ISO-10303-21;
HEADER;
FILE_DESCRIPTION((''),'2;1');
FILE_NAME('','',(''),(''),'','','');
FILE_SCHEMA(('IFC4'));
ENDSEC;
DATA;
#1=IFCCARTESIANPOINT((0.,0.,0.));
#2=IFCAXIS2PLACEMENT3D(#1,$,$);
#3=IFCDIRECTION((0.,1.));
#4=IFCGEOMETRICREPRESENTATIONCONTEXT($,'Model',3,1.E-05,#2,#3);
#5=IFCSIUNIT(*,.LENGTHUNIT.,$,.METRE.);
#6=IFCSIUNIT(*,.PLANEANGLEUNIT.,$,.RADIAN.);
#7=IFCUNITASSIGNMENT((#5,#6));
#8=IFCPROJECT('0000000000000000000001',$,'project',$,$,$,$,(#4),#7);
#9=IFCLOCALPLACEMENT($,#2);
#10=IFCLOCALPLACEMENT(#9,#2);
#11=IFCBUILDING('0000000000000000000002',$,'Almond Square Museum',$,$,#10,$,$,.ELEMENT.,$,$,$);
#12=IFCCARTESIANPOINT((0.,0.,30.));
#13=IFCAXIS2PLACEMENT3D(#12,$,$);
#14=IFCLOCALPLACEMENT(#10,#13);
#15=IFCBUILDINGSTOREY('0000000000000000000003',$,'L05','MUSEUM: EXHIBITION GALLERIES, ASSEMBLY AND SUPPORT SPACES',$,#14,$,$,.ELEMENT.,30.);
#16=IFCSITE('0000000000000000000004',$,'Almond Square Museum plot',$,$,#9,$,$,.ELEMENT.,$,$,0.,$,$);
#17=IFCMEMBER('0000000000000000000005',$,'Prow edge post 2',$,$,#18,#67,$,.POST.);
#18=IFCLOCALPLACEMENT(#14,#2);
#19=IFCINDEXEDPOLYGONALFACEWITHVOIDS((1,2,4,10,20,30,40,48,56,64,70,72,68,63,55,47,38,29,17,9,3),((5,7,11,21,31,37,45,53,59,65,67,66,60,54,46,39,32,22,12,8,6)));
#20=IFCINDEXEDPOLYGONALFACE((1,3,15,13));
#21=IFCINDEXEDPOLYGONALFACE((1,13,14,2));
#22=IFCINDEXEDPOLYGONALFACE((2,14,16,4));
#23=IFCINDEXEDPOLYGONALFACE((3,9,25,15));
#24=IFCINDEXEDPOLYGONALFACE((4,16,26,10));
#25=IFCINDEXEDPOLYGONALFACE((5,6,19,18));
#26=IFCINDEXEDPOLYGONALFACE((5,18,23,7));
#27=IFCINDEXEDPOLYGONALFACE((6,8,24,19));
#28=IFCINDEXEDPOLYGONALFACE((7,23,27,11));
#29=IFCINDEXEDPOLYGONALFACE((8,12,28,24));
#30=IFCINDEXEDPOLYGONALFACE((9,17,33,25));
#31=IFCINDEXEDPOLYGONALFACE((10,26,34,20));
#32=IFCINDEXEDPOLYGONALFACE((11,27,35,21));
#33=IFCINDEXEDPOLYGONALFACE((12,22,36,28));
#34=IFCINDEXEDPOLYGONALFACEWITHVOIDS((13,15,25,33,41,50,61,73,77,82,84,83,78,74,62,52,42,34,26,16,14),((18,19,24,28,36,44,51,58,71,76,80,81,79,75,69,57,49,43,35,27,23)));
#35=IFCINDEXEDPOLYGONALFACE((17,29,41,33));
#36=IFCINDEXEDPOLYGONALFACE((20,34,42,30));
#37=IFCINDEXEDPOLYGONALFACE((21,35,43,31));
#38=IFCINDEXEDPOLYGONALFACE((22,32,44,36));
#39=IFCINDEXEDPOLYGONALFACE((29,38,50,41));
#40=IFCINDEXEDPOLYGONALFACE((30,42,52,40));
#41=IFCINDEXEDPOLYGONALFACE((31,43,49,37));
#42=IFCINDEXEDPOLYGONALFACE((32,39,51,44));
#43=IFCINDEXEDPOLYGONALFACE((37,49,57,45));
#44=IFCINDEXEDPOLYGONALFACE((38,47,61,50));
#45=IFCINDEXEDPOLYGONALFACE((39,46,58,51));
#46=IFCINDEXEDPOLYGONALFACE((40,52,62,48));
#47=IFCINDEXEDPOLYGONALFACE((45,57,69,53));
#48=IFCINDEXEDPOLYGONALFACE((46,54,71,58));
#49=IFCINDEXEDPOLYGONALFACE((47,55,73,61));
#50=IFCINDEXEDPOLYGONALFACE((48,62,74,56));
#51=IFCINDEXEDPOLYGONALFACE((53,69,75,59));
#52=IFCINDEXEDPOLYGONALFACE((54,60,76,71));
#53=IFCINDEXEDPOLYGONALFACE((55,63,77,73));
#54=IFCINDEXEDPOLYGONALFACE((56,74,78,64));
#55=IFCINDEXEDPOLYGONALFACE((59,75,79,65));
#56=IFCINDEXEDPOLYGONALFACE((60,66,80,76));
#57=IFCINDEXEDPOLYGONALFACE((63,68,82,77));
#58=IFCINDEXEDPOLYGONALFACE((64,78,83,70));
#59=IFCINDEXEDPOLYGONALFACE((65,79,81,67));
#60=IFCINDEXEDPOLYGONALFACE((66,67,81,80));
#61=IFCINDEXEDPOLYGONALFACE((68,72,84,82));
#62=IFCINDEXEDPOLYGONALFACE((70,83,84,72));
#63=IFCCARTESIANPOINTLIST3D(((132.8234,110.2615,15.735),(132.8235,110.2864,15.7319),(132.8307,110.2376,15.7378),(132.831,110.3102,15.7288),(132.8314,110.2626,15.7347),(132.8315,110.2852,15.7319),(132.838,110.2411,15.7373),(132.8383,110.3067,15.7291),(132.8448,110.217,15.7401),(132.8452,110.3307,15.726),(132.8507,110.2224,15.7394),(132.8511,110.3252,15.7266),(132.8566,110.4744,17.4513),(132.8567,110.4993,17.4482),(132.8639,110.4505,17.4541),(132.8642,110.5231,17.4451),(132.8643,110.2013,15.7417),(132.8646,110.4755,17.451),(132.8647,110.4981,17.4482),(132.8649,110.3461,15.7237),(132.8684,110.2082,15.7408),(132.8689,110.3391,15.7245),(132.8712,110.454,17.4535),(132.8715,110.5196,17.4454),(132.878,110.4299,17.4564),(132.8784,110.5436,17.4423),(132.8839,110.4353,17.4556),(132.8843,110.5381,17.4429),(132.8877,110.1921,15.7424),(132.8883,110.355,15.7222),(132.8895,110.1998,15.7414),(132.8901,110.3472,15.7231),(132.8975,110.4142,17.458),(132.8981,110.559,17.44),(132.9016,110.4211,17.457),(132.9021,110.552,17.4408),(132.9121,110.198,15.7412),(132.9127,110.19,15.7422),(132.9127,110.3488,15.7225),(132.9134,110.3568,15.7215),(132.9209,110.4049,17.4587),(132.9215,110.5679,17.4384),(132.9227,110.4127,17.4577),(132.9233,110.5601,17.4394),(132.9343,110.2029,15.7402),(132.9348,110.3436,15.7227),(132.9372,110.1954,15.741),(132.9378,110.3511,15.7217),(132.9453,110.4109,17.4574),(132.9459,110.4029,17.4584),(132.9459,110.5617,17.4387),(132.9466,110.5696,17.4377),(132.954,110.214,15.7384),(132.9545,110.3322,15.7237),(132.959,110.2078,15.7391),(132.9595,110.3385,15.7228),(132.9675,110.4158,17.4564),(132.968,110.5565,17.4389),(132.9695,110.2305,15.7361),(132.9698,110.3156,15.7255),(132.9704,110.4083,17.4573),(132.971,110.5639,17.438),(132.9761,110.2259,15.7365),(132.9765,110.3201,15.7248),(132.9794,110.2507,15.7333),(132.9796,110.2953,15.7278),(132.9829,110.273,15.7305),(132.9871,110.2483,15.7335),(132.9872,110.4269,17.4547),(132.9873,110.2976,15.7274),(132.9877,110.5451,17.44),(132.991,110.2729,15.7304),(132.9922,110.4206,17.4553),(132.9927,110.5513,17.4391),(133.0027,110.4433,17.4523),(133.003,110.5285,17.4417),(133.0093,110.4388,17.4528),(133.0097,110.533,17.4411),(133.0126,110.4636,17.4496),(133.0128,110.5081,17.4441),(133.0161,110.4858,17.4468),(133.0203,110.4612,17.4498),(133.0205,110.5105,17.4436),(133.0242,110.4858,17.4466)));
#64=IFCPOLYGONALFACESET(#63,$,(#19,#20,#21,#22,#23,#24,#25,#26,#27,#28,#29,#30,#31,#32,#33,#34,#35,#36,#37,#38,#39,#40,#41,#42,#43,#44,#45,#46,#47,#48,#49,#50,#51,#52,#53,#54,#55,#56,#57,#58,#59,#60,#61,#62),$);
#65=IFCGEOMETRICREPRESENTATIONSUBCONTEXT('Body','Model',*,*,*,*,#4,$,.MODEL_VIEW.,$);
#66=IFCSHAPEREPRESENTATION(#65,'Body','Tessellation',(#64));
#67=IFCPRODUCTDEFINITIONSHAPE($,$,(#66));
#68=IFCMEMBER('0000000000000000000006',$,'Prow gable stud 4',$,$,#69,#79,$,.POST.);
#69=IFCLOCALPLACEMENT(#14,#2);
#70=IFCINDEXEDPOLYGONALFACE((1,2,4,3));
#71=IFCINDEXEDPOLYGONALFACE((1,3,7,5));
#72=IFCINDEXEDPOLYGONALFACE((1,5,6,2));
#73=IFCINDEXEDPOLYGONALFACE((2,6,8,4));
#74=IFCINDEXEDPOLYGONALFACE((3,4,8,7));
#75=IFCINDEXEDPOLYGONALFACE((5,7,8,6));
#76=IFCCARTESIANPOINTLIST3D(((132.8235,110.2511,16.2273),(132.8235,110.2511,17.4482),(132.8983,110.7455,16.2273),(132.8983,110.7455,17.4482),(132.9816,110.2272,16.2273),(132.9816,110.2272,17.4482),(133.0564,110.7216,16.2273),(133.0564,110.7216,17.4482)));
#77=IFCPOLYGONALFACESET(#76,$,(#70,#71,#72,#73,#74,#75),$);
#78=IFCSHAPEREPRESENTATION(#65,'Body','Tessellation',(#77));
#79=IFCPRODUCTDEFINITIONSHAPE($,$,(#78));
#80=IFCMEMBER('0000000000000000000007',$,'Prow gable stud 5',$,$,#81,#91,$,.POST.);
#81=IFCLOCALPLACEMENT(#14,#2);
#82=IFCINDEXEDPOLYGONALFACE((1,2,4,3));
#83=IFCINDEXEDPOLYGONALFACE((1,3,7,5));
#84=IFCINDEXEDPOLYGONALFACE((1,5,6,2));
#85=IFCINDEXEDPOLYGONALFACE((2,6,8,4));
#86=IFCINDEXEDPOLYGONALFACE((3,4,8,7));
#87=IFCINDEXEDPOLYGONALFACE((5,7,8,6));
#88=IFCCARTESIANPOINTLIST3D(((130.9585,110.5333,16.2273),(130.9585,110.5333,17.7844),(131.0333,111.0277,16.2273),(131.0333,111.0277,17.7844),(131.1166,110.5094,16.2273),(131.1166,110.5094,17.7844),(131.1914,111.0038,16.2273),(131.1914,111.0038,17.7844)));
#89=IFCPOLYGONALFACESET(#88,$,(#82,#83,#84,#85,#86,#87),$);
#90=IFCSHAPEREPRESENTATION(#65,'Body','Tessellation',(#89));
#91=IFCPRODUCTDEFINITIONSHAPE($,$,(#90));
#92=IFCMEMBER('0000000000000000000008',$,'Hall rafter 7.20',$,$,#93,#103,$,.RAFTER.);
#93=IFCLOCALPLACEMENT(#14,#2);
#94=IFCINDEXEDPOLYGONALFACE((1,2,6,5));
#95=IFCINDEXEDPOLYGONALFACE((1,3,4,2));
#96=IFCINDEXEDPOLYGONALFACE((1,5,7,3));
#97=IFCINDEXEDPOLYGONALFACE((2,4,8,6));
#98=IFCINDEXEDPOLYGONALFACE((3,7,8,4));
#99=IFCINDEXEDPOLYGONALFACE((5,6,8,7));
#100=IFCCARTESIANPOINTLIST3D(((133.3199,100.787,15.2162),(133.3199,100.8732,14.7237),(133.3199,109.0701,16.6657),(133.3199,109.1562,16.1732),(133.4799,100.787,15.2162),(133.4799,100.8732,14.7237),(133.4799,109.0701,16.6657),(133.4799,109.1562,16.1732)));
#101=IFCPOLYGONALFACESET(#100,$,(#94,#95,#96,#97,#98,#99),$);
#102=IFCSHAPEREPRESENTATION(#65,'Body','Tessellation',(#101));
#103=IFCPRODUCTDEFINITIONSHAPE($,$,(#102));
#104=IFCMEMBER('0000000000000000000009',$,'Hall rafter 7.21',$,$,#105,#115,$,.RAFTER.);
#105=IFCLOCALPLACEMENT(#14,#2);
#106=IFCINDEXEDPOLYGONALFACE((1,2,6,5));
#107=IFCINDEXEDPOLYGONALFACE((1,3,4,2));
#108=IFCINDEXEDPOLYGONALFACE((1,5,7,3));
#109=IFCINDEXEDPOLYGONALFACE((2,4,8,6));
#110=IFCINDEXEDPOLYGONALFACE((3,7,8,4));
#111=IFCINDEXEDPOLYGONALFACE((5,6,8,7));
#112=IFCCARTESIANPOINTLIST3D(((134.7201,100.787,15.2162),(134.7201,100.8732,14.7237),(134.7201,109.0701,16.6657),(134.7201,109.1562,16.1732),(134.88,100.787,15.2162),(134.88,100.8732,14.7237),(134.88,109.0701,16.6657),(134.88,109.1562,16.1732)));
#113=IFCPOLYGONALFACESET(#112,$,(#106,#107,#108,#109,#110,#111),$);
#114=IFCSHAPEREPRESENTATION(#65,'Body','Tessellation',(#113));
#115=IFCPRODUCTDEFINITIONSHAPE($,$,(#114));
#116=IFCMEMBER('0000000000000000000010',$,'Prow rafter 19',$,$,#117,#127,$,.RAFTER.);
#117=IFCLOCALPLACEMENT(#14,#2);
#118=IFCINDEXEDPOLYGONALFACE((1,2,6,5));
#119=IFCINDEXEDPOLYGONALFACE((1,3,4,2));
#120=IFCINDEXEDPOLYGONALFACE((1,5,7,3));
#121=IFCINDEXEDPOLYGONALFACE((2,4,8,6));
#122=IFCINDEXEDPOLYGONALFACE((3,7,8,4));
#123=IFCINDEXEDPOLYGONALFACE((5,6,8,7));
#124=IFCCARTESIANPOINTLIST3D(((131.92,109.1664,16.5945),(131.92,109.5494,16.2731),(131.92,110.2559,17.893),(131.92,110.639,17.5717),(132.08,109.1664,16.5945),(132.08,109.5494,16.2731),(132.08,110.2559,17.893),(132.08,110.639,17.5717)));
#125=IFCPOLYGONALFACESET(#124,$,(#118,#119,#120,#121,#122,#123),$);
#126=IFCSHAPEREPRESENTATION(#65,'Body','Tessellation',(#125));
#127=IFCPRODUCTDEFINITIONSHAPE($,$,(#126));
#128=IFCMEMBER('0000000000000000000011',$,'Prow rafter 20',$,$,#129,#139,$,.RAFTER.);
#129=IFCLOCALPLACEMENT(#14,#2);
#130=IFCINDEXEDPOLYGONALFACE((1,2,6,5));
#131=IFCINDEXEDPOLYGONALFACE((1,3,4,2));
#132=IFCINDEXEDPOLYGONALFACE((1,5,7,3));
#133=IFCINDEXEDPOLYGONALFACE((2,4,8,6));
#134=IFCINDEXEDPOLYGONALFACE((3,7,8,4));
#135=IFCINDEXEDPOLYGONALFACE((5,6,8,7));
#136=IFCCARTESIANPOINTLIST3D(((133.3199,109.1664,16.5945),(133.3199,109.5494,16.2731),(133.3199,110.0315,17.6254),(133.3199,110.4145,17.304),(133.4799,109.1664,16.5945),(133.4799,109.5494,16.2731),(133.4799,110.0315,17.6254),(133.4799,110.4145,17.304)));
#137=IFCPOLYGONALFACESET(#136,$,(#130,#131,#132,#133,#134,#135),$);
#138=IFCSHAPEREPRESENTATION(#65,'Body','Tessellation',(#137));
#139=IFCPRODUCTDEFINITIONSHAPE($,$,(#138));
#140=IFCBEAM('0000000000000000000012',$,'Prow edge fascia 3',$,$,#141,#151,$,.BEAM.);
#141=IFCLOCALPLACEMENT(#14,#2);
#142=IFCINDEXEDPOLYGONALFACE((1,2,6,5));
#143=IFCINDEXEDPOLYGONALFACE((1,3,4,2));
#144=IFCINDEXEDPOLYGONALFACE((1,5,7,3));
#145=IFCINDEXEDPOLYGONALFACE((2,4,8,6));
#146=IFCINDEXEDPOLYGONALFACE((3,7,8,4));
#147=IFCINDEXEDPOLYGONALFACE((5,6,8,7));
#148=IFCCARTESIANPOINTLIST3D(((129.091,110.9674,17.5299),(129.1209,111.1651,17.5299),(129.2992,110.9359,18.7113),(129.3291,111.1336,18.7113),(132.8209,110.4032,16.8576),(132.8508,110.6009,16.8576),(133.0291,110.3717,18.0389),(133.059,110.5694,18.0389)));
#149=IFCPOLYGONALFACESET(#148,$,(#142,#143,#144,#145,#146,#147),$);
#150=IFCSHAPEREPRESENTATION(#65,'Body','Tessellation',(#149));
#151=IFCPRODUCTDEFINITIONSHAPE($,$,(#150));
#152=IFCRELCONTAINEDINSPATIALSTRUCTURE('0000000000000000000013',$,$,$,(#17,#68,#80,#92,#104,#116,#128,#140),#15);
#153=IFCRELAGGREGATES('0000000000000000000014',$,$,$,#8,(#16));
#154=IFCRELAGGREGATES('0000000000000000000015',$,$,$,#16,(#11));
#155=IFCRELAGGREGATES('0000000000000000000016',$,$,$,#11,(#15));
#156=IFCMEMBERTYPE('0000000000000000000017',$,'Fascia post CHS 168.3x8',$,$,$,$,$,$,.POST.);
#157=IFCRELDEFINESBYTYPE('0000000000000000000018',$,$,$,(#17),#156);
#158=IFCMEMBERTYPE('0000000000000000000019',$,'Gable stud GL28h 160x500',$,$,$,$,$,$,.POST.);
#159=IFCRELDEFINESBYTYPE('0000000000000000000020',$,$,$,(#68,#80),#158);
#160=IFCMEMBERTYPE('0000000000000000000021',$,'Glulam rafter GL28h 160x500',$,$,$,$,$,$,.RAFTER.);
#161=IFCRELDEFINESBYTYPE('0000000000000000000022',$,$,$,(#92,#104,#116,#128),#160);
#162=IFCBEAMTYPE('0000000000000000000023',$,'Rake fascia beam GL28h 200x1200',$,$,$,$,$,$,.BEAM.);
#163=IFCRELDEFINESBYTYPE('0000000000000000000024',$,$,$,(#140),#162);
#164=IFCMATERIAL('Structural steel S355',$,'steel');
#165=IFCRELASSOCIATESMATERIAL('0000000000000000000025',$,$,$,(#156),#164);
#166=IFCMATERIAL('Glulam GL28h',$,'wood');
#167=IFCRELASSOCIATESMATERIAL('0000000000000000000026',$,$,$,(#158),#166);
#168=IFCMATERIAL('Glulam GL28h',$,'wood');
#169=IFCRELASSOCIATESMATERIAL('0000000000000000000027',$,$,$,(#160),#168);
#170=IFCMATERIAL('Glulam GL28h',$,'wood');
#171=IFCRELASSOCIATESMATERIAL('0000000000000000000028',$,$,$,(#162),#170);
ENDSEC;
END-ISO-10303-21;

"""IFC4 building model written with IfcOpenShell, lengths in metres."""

from ifc_helpers import new_model, si_unit, direction, frame, origin, origin_2d, place, context, subcontext, project, spatial, rectangle, hollow_circle, extrude, material, material_profile, profile_set, type_object, element, save


model = new_model("IFC4")

# Units and contexts
model_context = context("Model", 3, precision=1e-05, world=origin(), true_north=direction((0.0, 1.0)))
body_context = subcontext(model_context, "Body", "Model", "MODEL_VIEW")
ifc_project = project(units=[si_unit("LENGTHUNIT", "METRE"), si_unit("PLANEANGLEUNIT", "RADIAN")], contexts=[model_context])

# Site, building, storey
site_placement = place(None, origin())
site = spatial("IfcSite", under=ifc_project, at=site_placement, Name="Almond Square Museum plot", CompositionType="ELEMENT", RefElevation=0.0)
building_placement = place(site_placement, origin())
building = spatial("IfcBuilding", under=site, at=building_placement, Name="Almond Square Museum", CompositionType="ELEMENT")
storey_placement = place(building_placement, frame((0.0, 0.0, 30.0)))
storey = spatial("IfcBuildingStorey", under=building, at=storey_placement, Name="L05", Description="MUSEUM: EXHIBITION GALLERIES, ASSEMBLY AND SUPPORT SPACES", CompositionType="ELEMENT", Elevation=30.0)

# Members
ifc_material_1 = material(Name="Structural steel S355", Category="steel")
ifc_material_profile_1 = material_profile(ifc_material_1, hollow_circle(Radius=0.0842, WallThickness=0.0081, at=origin_2d()))
ifc_profile_set_1 = profile_set([ifc_material_profile_1], Name="Structural steel S355")
member_type_1 = type_object("IfcMemberType", Name="Fascia post CHS 168.3x8", PredefinedType="POST", material=ifc_profile_set_1)
member_1_placement = place(storey_placement, frame((132.9067, 110.2734, 15.7319), z_axis=(0.019195, 0.123074, 0.992212), x_axis=(-0.988055, 0.1541, 0.0)))
element("IfcMember", 1, at=member_1_placement, inside=storey, type_object=member_type_1, Name="Prow edge post 2", PredefinedType="POST", context=body_context, shape_type="SweptSolid", body=[
    extrude(hollow_circle(Radius=0.0842, WallThickness=0.0081, at=origin_2d()), origin(), (0.0, 0.0, 1.0), 1.7297),
])
ifc_material_2 = material(Name="Glulam GL28h", Category="wood")
ifc_material_profile_2 = material_profile(ifc_material_2, rectangle(XDim=0.1599, YDim=0.5, at=origin_2d()))
ifc_profile_set_2 = profile_set([ifc_material_profile_2], Name="Glulam GL28h")
member_type_2 = type_object("IfcMemberType", Name="Gable stud GL28h 160x500", PredefinedType="POST", material=ifc_profile_set_2)
member_2_placement = place(storey_placement, frame((132.9399, 110.4863, 16.2273), z_axis=(0.0, 0.0, 1.0), x_axis=(-0.988753, 0.149559, 0.0)))
element("IfcMember", 2, at=member_2_placement, inside=storey, type_object=member_type_2, Name="Prow gable stud 4", PredefinedType="POST", context=body_context, shape_type="SweptSolid", body=[
    extrude(rectangle(XDim=0.1599, YDim=0.5, at=origin_2d()), origin(), (0.0, 0.0, 1.0), 1.2209),
])
member_3_placement = place(storey_placement, frame((131.075, 110.7686, 16.2273), z_axis=(0.0, 0.0, 1.0), x_axis=(-0.988753, 0.149559, 0.0)))
element("IfcMember", 3, at=member_3_placement, inside=storey, type_object=member_type_2, Name="Prow gable stud 5", PredefinedType="POST", context=body_context, shape_type="SweptSolid", body=[
    extrude(rectangle(XDim=0.1599, YDim=0.5, at=origin_2d()), origin(), (0.0, 0.0, 1.0), 1.5571),
])
ifc_material_3 = material(Name="Glulam GL28h", Category="wood")
ifc_material_profile_3 = material_profile(ifc_material_3, rectangle(XDim=0.1599, YDim=0.5, at=origin_2d()))
ifc_profile_set_3 = profile_set([ifc_material_profile_3], Name="Glulam GL28h")
member_type_3 = type_object("IfcMemberType", Name="Glulam rafter GL28h 160x500", PredefinedType="RAFTER", material=ifc_profile_set_3)
for number, where, z_axis, x_axis, name in (
    (4, (133.3999, 100.8301, 14.97), (0.0, 0.985032, 0.172374), (-1.0, 0.0, 0.0), "Hall rafter 7.20"),
    (5, (134.8, 100.8301, 14.97), (0.0, 0.985032, 0.172374), (-1.0, 0.0, 0.0), "Hall rafter 7.21"),
):
    element("IfcMember", number, at=place(storey_placement, frame(where, z_axis=z_axis, x_axis=x_axis)), inside=storey, type_object=member_type_3, Name=name, PredefinedType="RAFTER", context=body_context, shape_type="SweptSolid", body=[
        extrude(rectangle(XDim=0.1599, YDim=0.5, at=origin_2d()), origin(), (0.0, 0.0, 1.0), 8.4089),
    ])
member_4_placement = place(storey_placement, frame((132.0, 109.3579, 16.4338), z_axis=(0.0, 0.642773, 0.766057), x_axis=(-1.0, 0.0, 0.0)))
element("IfcMember", 6, at=member_4_placement, inside=storey, type_object=member_type_3, Name="Prow rafter 19", PredefinedType="RAFTER", context=body_context, shape_type="SweptSolid", body=[
    extrude(rectangle(XDim=0.1599, YDim=0.5, at=origin_2d()), origin(), (0.0, 0.0, 1.0), 1.6951),
])
member_5_placement = place(storey_placement, frame((133.3999, 109.3579, 16.4338), z_axis=(0.0, 0.642822, 0.766016), x_axis=(-1.0, 0.0, 0.0)))
element("IfcMember", 7, at=member_5_placement, inside=storey, type_object=member_type_3, Name="Prow rafter 20", PredefinedType="RAFTER", context=body_context, shape_type="SweptSolid", body=[
    extrude(rectangle(XDim=0.1599, YDim=0.5, at=origin_2d()), origin(), (0.0, 0.0, 1.0), 1.3457),
])

# Beam
ifc_material_4 = material(Name="Glulam GL28h", Category="wood")
ifc_material_profile_4 = material_profile(ifc_material_4, rectangle(XDim=0.2, YDim=1.2, at=origin_2d()))
ifc_profile_set_4 = profile_set([ifc_material_profile_4], Name="Glulam GL28h")
beam_type = type_object("IfcBeamType", Name="Rake fascia beam GL28h 200x1200", PredefinedType="BEAM", material=ifc_profile_set_4)
beam_placement = place(storey_placement, frame((132.9399, 110.4863, 17.4482), z_axis=(-0.973412, 0.147242, 0.175467), x_axis=(-0.149562, -0.988752, 0.0)))
element("IfcBeam", 8, at=beam_placement, inside=storey, type_object=beam_type, Name="Prow edge fascia 3", PredefinedType="BEAM", context=body_context, shape_type="SweptSolid", body=[
    extrude(rectangle(XDim=0.2, YDim=1.2, at=origin_2d()), origin(), (0.0, 0.0, 1.0), 3.8318),
])

save(model, "model.ifc")
